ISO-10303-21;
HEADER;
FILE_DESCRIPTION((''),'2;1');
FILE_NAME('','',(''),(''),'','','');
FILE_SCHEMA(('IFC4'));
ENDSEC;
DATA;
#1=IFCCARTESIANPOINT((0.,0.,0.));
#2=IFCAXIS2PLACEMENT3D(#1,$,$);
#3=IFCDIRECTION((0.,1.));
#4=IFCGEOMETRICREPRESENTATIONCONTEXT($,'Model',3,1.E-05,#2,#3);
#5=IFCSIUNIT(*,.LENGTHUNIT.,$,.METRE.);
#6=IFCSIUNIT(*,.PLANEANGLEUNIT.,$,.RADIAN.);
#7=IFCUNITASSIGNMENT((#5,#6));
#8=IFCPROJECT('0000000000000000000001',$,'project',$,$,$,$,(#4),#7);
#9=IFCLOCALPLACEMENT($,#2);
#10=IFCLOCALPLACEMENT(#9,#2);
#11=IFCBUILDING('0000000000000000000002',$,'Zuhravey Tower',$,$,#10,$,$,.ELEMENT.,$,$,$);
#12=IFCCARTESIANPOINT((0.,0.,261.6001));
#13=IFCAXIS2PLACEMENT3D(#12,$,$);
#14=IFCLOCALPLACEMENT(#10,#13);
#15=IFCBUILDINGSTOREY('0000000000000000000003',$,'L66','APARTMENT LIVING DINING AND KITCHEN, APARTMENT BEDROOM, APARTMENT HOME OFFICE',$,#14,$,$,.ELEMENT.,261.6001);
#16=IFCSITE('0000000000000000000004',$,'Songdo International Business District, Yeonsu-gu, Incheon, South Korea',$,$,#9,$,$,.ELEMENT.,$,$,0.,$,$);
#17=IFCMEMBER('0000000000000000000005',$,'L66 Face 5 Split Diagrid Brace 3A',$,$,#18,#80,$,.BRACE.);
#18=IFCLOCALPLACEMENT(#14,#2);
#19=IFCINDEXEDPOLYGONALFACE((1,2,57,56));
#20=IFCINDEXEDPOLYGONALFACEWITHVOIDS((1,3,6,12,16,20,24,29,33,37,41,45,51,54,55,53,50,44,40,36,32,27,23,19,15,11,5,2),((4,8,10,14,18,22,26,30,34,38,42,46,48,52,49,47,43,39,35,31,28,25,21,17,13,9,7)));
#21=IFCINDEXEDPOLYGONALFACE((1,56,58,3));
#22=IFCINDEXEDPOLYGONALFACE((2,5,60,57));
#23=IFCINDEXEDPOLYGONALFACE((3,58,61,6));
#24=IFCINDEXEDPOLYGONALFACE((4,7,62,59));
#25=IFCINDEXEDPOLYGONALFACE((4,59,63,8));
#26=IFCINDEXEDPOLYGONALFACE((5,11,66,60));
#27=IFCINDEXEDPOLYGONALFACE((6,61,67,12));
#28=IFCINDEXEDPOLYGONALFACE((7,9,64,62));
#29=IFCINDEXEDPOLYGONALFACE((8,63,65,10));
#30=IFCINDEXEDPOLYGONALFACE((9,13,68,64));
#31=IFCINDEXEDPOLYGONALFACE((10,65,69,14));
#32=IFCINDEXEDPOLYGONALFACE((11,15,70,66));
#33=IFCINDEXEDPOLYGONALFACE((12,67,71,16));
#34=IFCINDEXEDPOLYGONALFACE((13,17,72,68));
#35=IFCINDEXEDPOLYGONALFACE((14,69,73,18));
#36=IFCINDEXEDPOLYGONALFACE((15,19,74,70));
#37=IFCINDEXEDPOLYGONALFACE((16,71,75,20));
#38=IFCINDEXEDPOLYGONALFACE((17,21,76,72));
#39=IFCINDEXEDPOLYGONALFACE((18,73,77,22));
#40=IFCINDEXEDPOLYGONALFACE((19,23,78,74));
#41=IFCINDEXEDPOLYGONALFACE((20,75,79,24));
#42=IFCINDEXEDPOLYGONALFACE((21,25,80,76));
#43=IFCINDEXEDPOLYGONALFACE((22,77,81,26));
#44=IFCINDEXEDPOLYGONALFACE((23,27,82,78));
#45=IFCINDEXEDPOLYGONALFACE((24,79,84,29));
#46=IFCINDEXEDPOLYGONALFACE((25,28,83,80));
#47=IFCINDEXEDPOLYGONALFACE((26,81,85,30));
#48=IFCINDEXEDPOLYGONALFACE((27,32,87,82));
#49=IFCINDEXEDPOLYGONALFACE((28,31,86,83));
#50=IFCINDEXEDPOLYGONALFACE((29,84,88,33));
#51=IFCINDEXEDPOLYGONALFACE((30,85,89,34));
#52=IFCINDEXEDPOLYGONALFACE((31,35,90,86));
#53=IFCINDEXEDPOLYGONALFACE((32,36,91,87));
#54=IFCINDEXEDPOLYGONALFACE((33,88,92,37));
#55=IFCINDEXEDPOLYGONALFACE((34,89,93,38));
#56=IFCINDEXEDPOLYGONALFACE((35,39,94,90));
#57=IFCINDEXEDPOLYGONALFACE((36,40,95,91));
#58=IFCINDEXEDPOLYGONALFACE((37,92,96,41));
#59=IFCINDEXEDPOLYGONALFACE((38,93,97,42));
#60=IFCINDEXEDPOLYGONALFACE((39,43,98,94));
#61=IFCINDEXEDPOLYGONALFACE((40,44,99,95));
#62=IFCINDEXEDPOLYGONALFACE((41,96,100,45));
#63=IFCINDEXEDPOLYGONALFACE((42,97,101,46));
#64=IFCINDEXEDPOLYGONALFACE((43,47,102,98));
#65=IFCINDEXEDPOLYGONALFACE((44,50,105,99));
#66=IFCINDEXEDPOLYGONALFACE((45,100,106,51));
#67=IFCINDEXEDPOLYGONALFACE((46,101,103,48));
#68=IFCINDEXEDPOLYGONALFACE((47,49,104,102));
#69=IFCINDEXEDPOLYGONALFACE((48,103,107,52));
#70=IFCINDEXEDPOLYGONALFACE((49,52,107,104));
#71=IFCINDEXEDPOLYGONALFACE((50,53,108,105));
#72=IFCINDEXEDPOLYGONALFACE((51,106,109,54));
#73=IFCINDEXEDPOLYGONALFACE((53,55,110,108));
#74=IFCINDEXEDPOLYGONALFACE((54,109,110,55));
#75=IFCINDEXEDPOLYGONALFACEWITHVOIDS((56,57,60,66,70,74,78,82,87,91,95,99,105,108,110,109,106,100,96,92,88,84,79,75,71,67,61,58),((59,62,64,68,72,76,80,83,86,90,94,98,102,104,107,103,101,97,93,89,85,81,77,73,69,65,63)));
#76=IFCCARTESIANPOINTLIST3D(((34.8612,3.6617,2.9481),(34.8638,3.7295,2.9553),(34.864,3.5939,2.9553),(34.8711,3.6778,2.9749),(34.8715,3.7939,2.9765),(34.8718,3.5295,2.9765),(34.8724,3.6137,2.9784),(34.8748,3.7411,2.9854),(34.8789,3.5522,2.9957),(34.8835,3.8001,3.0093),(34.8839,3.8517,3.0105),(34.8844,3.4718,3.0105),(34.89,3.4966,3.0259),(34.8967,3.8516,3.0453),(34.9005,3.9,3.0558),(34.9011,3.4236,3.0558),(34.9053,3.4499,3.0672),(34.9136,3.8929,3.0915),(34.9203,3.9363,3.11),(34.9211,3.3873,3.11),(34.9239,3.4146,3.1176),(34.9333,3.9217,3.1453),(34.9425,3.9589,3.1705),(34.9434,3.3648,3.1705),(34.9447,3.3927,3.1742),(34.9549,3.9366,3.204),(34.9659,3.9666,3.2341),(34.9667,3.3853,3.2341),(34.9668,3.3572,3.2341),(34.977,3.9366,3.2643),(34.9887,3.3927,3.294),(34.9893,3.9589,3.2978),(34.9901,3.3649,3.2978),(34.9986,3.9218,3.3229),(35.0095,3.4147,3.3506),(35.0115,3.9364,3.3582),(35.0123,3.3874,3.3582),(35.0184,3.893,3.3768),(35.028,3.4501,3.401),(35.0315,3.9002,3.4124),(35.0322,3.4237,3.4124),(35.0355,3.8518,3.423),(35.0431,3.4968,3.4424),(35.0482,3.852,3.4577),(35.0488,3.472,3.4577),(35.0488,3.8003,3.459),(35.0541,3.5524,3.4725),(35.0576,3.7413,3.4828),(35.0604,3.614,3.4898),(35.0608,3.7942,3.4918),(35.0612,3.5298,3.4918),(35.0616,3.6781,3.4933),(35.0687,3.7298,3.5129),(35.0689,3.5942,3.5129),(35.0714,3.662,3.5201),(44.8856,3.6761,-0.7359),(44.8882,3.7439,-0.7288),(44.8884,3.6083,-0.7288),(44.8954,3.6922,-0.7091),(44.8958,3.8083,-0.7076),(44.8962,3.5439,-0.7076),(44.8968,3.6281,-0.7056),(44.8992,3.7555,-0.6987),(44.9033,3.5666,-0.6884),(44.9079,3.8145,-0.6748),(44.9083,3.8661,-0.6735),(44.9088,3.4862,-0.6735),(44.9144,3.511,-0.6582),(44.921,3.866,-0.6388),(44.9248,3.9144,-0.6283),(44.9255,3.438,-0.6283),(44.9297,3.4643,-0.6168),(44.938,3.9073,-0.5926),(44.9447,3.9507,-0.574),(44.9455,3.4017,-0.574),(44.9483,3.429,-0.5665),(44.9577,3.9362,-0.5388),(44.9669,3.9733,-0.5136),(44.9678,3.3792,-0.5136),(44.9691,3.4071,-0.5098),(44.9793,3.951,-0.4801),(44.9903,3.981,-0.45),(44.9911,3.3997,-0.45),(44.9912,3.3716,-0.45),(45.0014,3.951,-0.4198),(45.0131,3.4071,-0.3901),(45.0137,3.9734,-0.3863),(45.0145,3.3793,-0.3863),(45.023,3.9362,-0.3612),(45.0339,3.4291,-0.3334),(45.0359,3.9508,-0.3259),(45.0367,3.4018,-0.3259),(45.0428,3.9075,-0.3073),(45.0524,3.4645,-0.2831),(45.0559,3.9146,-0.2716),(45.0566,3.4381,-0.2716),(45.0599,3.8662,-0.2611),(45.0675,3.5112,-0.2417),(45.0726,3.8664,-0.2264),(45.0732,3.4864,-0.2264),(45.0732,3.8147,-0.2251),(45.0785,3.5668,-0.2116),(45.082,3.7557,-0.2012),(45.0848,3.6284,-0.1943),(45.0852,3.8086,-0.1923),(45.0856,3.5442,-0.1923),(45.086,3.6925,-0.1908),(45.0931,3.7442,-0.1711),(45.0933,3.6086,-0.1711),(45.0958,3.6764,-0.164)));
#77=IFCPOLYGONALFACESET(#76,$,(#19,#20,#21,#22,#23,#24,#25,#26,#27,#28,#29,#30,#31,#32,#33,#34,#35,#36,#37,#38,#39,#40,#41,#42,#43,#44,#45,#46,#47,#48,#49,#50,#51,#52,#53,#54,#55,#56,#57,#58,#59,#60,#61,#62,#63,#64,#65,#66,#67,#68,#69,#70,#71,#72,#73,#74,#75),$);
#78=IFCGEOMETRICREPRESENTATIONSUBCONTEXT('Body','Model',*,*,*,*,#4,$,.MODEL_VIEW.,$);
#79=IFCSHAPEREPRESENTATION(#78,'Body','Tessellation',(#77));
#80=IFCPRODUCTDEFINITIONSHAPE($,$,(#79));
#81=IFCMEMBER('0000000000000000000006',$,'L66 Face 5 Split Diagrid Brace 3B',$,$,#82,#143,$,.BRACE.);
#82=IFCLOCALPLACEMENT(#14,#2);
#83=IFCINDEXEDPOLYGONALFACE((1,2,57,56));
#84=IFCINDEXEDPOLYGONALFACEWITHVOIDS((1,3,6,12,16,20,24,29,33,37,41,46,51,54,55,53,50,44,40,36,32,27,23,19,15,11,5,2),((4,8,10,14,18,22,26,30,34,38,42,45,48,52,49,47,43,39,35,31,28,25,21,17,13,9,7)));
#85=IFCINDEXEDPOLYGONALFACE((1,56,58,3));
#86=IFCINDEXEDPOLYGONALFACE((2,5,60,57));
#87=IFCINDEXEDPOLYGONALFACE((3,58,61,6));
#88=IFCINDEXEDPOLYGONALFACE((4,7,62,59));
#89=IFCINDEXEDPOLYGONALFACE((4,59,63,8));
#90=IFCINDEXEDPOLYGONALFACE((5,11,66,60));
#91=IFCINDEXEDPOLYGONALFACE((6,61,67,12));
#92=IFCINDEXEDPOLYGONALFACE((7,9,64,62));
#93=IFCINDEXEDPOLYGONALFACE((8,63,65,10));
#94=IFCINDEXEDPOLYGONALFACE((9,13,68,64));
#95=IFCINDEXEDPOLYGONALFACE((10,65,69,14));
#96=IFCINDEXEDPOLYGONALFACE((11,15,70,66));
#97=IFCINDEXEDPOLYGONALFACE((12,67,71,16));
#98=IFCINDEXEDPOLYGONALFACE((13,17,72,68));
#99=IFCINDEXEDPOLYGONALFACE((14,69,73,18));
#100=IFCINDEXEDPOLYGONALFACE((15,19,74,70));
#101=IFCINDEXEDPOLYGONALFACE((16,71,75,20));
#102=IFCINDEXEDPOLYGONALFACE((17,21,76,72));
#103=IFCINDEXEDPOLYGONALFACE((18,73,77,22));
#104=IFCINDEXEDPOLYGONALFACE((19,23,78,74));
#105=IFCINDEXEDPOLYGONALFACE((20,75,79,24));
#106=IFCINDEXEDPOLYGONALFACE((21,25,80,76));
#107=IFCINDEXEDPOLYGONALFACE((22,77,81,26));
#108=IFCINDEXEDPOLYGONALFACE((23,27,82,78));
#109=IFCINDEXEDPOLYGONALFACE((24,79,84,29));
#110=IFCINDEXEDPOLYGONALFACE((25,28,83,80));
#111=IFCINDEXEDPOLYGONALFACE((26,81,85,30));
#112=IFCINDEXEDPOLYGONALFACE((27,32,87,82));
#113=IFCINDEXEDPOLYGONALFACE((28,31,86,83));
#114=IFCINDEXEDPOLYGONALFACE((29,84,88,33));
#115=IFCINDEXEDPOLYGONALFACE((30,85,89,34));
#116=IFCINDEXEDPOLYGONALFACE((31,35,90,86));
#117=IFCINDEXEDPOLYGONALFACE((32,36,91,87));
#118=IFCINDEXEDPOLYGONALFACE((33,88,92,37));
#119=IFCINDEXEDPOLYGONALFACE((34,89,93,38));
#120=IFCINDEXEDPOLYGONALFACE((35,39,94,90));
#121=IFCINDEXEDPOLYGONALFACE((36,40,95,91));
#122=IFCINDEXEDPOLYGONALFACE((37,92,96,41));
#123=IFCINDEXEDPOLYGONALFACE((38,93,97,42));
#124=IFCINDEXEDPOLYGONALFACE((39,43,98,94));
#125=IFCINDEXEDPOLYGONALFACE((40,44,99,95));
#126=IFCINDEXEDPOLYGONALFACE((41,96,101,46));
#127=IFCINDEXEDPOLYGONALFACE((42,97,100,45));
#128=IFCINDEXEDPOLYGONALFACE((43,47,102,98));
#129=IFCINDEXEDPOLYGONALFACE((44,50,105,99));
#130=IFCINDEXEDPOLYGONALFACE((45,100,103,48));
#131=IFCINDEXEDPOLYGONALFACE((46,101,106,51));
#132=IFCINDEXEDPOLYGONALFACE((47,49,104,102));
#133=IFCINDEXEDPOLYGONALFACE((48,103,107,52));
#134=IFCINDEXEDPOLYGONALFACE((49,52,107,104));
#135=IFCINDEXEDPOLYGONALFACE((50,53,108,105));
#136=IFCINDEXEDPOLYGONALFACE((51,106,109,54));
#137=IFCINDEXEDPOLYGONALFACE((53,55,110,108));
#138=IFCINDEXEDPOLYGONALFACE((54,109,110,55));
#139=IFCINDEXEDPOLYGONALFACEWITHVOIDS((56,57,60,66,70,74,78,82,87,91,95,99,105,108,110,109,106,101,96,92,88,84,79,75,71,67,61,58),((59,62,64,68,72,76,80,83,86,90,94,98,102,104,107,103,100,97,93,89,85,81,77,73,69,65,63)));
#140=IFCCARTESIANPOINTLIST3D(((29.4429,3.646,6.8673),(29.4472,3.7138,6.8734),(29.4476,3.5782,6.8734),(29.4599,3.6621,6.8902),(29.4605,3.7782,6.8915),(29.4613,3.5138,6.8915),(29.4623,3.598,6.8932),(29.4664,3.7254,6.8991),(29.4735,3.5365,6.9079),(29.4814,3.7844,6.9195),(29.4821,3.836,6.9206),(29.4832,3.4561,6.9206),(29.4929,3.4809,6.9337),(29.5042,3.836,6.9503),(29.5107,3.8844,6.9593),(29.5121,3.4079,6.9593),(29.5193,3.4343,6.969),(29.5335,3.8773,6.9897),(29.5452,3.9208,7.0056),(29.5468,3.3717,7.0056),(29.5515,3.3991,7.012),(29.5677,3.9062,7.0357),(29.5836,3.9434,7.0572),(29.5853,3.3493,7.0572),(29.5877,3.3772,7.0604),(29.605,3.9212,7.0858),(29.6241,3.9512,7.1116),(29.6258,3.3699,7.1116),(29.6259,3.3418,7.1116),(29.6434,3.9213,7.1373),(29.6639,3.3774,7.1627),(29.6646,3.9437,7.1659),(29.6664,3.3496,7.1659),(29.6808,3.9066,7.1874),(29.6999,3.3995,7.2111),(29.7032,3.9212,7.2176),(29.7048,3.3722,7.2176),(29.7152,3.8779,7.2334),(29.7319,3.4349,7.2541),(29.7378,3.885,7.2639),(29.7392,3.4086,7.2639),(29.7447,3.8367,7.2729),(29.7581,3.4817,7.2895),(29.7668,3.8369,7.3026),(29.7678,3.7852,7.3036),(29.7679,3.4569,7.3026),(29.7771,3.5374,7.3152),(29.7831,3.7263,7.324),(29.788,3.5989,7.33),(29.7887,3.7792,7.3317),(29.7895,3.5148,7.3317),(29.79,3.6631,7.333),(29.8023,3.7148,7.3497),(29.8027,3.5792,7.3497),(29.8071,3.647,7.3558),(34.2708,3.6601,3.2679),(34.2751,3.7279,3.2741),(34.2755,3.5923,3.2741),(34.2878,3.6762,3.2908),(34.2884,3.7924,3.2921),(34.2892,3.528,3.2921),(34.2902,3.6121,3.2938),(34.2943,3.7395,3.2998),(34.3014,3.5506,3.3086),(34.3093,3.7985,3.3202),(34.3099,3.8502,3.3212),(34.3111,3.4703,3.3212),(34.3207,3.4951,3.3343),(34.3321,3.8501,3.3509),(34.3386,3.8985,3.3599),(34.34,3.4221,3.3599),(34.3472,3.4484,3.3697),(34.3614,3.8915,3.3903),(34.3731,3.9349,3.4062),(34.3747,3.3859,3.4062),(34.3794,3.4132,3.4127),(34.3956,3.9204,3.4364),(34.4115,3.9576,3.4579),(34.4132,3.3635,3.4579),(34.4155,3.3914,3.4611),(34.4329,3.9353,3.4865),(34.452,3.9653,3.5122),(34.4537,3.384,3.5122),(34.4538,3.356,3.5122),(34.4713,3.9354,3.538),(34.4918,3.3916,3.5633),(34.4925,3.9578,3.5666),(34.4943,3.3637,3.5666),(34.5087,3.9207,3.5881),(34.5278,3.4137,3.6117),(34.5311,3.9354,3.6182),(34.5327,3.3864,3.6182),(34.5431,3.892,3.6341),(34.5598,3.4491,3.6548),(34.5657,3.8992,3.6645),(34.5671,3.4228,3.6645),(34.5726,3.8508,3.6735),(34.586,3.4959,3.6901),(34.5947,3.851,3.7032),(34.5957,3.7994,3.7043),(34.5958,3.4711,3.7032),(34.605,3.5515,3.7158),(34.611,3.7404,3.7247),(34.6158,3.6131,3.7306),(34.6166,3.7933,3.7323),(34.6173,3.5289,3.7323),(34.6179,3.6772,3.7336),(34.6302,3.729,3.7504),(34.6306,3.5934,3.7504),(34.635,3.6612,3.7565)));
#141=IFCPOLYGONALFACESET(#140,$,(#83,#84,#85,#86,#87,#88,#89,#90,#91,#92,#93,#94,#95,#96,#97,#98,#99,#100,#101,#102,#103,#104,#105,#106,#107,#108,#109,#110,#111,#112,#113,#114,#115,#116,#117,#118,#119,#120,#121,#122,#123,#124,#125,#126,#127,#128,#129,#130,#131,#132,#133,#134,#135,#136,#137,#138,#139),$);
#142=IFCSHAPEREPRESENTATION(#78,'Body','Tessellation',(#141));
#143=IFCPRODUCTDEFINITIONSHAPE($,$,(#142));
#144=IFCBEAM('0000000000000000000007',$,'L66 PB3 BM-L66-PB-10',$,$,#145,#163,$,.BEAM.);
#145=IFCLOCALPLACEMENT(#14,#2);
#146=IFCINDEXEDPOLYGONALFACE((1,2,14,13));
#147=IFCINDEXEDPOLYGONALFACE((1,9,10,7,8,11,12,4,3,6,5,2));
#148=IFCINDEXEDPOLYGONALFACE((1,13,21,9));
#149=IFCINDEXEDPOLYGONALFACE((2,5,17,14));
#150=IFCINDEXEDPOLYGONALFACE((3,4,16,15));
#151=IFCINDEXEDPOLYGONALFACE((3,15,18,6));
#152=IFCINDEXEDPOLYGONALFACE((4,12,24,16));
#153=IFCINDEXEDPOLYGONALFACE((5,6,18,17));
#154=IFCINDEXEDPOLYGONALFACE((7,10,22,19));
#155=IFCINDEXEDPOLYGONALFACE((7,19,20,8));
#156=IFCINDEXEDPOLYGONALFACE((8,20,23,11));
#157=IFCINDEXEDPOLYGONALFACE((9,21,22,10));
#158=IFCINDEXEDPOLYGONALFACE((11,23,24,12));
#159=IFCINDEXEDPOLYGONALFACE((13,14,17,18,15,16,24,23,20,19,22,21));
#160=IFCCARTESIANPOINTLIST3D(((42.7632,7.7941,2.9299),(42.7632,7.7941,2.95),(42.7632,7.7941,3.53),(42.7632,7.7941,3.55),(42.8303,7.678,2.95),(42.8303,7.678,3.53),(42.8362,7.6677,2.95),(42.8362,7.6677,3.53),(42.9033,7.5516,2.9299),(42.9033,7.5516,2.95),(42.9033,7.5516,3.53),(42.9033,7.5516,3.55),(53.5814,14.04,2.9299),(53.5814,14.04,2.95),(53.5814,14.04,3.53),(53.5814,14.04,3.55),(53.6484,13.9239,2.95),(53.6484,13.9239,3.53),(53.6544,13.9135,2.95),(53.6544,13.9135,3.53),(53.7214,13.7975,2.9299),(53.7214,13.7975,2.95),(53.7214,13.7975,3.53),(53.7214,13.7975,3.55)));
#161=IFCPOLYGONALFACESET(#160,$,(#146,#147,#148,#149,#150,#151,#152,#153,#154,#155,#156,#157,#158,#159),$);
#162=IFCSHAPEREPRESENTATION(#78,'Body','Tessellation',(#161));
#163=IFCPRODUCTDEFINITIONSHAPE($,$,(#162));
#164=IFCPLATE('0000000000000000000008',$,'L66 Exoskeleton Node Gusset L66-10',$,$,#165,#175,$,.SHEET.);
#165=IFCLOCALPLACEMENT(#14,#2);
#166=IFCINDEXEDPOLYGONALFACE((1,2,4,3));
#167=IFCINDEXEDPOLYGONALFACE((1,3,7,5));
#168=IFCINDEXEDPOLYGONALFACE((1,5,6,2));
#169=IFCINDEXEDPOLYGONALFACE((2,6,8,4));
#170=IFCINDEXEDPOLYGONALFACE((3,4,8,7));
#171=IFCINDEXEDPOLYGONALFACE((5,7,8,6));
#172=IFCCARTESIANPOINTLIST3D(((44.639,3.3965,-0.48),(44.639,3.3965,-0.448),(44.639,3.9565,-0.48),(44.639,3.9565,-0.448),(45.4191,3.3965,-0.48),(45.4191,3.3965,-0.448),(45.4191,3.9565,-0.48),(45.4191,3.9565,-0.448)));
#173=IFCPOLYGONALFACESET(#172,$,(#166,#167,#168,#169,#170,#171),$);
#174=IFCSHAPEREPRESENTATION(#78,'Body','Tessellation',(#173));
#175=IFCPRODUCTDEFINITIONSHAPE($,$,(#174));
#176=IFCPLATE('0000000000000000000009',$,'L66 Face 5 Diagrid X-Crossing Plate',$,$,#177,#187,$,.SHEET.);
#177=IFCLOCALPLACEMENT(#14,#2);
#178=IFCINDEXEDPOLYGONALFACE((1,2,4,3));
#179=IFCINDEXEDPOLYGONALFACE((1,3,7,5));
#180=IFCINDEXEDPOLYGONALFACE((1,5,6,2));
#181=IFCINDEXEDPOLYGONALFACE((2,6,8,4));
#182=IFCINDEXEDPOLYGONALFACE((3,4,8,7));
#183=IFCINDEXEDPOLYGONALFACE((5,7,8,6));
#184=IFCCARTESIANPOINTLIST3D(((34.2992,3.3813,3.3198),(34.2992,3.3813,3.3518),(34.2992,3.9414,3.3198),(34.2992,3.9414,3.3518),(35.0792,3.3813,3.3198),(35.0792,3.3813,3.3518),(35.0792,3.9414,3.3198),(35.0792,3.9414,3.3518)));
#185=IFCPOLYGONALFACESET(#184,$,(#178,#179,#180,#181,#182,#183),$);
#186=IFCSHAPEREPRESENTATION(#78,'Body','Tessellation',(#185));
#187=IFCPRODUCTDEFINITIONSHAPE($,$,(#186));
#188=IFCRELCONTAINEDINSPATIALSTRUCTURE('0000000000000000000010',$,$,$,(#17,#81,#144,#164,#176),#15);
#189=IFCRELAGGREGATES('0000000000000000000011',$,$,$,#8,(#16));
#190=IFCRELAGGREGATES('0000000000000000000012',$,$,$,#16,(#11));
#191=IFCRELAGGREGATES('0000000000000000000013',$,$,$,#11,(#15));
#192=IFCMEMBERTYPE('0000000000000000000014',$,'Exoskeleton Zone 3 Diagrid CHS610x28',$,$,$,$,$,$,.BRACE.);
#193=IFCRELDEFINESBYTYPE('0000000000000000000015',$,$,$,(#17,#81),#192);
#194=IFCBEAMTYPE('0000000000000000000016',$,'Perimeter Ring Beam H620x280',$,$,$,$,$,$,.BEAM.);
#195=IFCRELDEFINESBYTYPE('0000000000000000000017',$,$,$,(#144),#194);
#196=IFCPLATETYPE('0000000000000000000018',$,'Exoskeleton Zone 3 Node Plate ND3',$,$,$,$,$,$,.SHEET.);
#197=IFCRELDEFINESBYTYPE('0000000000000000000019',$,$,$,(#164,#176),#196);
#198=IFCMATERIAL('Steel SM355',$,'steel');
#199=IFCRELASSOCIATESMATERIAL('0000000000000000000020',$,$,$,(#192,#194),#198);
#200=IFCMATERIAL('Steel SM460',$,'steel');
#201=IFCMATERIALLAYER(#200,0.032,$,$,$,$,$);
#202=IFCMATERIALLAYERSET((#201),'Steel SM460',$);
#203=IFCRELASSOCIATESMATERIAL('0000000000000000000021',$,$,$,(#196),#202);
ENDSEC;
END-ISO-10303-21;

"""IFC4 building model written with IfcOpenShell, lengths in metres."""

from ifc_helpers import new_model, si_unit, direction, frame, origin, origin_2d, place, context, subcontext, project, spatial, rectangle, hollow_circle, i_section, extrude, material, layer, layer_set, material_profile, profile_set, type_object, element, save


model = new_model("IFC4")

# Units and contexts
model_context = context("Model", 3, precision=1e-05, world=origin(), true_north=direction((0.0, 1.0)))
body_context = subcontext(model_context, "Body", "Model", "MODEL_VIEW")
ifc_project = project(units=[si_unit("LENGTHUNIT", "METRE"), si_unit("PLANEANGLEUNIT", "RADIAN")], contexts=[model_context])

# Site, building, storey
site_placement = place(None, origin())
site = spatial("IfcSite", under=ifc_project, at=site_placement, Name="Songdo International Business District, Yeonsu-gu, Incheon, South Korea", CompositionType="ELEMENT", RefElevation=0.0)
building_placement = place(site_placement, origin())
building = spatial("IfcBuilding", under=site, at=building_placement, Name="Zuhravey Tower", CompositionType="ELEMENT")
storey_placement = place(building_placement, frame((0.0, 0.0, 261.6001)))
storey = spatial("IfcBuildingStorey", under=building, at=storey_placement, Name="L66", Description="APARTMENT LIVING DINING AND KITCHEN, APARTMENT BEDROOM, APARTMENT HOME OFFICE", CompositionType="ELEMENT", Elevation=261.6001)

# Members
ifc_material_1 = material(Name="Steel SM355", Category="steel")
ifc_material_profile_1 = material_profile(ifc_material_1, hollow_circle(Radius=0.3047, WallThickness=0.0281, at=origin_2d()), Name="CHS-609.6x28")
ifc_profile_set_1 = profile_set([ifc_material_profile_1], Name="Steel SM355")
member_type_1 = type_object("IfcMemberType", Name="Exoskeleton Zone 3 Diagrid CHS610x28", PredefinedType="BRACE", material=ifc_profile_set_1)
member_1_placement = place(storey_placement, frame((44.9907, 3.6763, -0.45), z_axis=(-0.938619, -0.001349, 0.344953), x_axis=(0.001437, -0.999999, 0.0)))
element("IfcMember", 1, at=member_1_placement, inside=storey, type_object=member_type_1, Name="L66 Face 5 Split Diagrid Brace 3A", PredefinedType="BRACE", context=body_context, shape_type="SweptSolid", body=[
    extrude(hollow_circle(Radius=0.3047, WallThickness=0.0281, at=origin_2d()), origin(), (0.0, 0.0, 1.0), 10.6799),
])
member_2_placement = place(storey_placement, frame((34.4529, 3.6606, 3.5122), z_axis=(-0.801712, -0.002351, 0.597706), x_axis=(0.002933, -0.999996, 0.0)))
element("IfcMember", 2, at=member_2_placement, inside=storey, type_object=member_type_1, Name="L66 Face 5 Split Diagrid Brace 3B", PredefinedType="BRACE", context=body_context, shape_type="SweptSolid", body=[
    extrude(hollow_circle(Radius=0.3047, WallThickness=0.0281, at=origin_2d()), origin(), (0.0, 0.0, 1.0), 6.022),
])

# Beam
ifc_material_profile_2 = material_profile(ifc_material_1, i_section(OverallWidth=0.28, OverallDepth=0.6201, WebThickness=0.012, FlangeThickness=0.02, at=origin_2d()), Name="H-620x280x12x20")
ifc_profile_set_2 = profile_set([ifc_material_profile_2], Name="Steel SM355")
beam_type = type_object("IfcBeamType", Name="Perimeter Ring Beam H620x280", PredefinedType="BEAM", material=ifc_profile_set_2)
beam_placement = place(storey_placement, frame((42.8333, 7.6729, 3.24), z_axis=(0.866025, 0.5, 0.0), x_axis=(-0.5, 0.866025, 0.0)))
element("IfcBeam", 3, at=beam_placement, inside=storey, type_object=beam_type, Name="L66 PB3 BM-L66-PB-10", PredefinedType="BEAM", context=body_context, shape_type="SweptSolid", body=[
    extrude(i_section(OverallWidth=0.28, OverallDepth=0.6201, WebThickness=0.012, FlangeThickness=0.02, at=origin_2d()), origin(), (0.0, 0.0, 1.0), 12.4917),
])

# Plates
ifc_material_2 = material(Name="Steel SM460", Category="steel")
ifc_layer_1 = layer(ifc_material_2, 0.032)
ifc_layer_set_1 = layer_set([ifc_layer_1], Name="Steel SM460")
plate_type_1 = type_object("IfcPlateType", Name="Exoskeleton Zone 3 Node Plate ND3", PredefinedType="SHEET", material=ifc_layer_set_1)
for number, where, z_axis, x_axis, name in (
    (4, (45.0291, 3.6765, -0.48), (0.0, 0.0, 1.0), (1.0, 0.0, 0.0), "L66 Exoskeleton Node Gusset L66-10"),
    (5, (34.6892, 3.6614, 3.3198), (0.0, 0.0, 1.0), (1.0, 0.0, 0.0), "L66 Face 5 Diagrid X-Crossing Plate"),
):
    element("IfcPlate", number, at=place(storey_placement, frame(where, z_axis=z_axis, x_axis=x_axis)), inside=storey, type_object=plate_type_1, Name=name, PredefinedType="SHEET", context=body_context, shape_type="SweptSolid", body=[
        extrude(rectangle(XDim=0.78, YDim=0.5601, at=origin_2d()), origin(), (0.0, 0.0, 1.0), 0.032),
    ])

save(model, "model.ifc")
